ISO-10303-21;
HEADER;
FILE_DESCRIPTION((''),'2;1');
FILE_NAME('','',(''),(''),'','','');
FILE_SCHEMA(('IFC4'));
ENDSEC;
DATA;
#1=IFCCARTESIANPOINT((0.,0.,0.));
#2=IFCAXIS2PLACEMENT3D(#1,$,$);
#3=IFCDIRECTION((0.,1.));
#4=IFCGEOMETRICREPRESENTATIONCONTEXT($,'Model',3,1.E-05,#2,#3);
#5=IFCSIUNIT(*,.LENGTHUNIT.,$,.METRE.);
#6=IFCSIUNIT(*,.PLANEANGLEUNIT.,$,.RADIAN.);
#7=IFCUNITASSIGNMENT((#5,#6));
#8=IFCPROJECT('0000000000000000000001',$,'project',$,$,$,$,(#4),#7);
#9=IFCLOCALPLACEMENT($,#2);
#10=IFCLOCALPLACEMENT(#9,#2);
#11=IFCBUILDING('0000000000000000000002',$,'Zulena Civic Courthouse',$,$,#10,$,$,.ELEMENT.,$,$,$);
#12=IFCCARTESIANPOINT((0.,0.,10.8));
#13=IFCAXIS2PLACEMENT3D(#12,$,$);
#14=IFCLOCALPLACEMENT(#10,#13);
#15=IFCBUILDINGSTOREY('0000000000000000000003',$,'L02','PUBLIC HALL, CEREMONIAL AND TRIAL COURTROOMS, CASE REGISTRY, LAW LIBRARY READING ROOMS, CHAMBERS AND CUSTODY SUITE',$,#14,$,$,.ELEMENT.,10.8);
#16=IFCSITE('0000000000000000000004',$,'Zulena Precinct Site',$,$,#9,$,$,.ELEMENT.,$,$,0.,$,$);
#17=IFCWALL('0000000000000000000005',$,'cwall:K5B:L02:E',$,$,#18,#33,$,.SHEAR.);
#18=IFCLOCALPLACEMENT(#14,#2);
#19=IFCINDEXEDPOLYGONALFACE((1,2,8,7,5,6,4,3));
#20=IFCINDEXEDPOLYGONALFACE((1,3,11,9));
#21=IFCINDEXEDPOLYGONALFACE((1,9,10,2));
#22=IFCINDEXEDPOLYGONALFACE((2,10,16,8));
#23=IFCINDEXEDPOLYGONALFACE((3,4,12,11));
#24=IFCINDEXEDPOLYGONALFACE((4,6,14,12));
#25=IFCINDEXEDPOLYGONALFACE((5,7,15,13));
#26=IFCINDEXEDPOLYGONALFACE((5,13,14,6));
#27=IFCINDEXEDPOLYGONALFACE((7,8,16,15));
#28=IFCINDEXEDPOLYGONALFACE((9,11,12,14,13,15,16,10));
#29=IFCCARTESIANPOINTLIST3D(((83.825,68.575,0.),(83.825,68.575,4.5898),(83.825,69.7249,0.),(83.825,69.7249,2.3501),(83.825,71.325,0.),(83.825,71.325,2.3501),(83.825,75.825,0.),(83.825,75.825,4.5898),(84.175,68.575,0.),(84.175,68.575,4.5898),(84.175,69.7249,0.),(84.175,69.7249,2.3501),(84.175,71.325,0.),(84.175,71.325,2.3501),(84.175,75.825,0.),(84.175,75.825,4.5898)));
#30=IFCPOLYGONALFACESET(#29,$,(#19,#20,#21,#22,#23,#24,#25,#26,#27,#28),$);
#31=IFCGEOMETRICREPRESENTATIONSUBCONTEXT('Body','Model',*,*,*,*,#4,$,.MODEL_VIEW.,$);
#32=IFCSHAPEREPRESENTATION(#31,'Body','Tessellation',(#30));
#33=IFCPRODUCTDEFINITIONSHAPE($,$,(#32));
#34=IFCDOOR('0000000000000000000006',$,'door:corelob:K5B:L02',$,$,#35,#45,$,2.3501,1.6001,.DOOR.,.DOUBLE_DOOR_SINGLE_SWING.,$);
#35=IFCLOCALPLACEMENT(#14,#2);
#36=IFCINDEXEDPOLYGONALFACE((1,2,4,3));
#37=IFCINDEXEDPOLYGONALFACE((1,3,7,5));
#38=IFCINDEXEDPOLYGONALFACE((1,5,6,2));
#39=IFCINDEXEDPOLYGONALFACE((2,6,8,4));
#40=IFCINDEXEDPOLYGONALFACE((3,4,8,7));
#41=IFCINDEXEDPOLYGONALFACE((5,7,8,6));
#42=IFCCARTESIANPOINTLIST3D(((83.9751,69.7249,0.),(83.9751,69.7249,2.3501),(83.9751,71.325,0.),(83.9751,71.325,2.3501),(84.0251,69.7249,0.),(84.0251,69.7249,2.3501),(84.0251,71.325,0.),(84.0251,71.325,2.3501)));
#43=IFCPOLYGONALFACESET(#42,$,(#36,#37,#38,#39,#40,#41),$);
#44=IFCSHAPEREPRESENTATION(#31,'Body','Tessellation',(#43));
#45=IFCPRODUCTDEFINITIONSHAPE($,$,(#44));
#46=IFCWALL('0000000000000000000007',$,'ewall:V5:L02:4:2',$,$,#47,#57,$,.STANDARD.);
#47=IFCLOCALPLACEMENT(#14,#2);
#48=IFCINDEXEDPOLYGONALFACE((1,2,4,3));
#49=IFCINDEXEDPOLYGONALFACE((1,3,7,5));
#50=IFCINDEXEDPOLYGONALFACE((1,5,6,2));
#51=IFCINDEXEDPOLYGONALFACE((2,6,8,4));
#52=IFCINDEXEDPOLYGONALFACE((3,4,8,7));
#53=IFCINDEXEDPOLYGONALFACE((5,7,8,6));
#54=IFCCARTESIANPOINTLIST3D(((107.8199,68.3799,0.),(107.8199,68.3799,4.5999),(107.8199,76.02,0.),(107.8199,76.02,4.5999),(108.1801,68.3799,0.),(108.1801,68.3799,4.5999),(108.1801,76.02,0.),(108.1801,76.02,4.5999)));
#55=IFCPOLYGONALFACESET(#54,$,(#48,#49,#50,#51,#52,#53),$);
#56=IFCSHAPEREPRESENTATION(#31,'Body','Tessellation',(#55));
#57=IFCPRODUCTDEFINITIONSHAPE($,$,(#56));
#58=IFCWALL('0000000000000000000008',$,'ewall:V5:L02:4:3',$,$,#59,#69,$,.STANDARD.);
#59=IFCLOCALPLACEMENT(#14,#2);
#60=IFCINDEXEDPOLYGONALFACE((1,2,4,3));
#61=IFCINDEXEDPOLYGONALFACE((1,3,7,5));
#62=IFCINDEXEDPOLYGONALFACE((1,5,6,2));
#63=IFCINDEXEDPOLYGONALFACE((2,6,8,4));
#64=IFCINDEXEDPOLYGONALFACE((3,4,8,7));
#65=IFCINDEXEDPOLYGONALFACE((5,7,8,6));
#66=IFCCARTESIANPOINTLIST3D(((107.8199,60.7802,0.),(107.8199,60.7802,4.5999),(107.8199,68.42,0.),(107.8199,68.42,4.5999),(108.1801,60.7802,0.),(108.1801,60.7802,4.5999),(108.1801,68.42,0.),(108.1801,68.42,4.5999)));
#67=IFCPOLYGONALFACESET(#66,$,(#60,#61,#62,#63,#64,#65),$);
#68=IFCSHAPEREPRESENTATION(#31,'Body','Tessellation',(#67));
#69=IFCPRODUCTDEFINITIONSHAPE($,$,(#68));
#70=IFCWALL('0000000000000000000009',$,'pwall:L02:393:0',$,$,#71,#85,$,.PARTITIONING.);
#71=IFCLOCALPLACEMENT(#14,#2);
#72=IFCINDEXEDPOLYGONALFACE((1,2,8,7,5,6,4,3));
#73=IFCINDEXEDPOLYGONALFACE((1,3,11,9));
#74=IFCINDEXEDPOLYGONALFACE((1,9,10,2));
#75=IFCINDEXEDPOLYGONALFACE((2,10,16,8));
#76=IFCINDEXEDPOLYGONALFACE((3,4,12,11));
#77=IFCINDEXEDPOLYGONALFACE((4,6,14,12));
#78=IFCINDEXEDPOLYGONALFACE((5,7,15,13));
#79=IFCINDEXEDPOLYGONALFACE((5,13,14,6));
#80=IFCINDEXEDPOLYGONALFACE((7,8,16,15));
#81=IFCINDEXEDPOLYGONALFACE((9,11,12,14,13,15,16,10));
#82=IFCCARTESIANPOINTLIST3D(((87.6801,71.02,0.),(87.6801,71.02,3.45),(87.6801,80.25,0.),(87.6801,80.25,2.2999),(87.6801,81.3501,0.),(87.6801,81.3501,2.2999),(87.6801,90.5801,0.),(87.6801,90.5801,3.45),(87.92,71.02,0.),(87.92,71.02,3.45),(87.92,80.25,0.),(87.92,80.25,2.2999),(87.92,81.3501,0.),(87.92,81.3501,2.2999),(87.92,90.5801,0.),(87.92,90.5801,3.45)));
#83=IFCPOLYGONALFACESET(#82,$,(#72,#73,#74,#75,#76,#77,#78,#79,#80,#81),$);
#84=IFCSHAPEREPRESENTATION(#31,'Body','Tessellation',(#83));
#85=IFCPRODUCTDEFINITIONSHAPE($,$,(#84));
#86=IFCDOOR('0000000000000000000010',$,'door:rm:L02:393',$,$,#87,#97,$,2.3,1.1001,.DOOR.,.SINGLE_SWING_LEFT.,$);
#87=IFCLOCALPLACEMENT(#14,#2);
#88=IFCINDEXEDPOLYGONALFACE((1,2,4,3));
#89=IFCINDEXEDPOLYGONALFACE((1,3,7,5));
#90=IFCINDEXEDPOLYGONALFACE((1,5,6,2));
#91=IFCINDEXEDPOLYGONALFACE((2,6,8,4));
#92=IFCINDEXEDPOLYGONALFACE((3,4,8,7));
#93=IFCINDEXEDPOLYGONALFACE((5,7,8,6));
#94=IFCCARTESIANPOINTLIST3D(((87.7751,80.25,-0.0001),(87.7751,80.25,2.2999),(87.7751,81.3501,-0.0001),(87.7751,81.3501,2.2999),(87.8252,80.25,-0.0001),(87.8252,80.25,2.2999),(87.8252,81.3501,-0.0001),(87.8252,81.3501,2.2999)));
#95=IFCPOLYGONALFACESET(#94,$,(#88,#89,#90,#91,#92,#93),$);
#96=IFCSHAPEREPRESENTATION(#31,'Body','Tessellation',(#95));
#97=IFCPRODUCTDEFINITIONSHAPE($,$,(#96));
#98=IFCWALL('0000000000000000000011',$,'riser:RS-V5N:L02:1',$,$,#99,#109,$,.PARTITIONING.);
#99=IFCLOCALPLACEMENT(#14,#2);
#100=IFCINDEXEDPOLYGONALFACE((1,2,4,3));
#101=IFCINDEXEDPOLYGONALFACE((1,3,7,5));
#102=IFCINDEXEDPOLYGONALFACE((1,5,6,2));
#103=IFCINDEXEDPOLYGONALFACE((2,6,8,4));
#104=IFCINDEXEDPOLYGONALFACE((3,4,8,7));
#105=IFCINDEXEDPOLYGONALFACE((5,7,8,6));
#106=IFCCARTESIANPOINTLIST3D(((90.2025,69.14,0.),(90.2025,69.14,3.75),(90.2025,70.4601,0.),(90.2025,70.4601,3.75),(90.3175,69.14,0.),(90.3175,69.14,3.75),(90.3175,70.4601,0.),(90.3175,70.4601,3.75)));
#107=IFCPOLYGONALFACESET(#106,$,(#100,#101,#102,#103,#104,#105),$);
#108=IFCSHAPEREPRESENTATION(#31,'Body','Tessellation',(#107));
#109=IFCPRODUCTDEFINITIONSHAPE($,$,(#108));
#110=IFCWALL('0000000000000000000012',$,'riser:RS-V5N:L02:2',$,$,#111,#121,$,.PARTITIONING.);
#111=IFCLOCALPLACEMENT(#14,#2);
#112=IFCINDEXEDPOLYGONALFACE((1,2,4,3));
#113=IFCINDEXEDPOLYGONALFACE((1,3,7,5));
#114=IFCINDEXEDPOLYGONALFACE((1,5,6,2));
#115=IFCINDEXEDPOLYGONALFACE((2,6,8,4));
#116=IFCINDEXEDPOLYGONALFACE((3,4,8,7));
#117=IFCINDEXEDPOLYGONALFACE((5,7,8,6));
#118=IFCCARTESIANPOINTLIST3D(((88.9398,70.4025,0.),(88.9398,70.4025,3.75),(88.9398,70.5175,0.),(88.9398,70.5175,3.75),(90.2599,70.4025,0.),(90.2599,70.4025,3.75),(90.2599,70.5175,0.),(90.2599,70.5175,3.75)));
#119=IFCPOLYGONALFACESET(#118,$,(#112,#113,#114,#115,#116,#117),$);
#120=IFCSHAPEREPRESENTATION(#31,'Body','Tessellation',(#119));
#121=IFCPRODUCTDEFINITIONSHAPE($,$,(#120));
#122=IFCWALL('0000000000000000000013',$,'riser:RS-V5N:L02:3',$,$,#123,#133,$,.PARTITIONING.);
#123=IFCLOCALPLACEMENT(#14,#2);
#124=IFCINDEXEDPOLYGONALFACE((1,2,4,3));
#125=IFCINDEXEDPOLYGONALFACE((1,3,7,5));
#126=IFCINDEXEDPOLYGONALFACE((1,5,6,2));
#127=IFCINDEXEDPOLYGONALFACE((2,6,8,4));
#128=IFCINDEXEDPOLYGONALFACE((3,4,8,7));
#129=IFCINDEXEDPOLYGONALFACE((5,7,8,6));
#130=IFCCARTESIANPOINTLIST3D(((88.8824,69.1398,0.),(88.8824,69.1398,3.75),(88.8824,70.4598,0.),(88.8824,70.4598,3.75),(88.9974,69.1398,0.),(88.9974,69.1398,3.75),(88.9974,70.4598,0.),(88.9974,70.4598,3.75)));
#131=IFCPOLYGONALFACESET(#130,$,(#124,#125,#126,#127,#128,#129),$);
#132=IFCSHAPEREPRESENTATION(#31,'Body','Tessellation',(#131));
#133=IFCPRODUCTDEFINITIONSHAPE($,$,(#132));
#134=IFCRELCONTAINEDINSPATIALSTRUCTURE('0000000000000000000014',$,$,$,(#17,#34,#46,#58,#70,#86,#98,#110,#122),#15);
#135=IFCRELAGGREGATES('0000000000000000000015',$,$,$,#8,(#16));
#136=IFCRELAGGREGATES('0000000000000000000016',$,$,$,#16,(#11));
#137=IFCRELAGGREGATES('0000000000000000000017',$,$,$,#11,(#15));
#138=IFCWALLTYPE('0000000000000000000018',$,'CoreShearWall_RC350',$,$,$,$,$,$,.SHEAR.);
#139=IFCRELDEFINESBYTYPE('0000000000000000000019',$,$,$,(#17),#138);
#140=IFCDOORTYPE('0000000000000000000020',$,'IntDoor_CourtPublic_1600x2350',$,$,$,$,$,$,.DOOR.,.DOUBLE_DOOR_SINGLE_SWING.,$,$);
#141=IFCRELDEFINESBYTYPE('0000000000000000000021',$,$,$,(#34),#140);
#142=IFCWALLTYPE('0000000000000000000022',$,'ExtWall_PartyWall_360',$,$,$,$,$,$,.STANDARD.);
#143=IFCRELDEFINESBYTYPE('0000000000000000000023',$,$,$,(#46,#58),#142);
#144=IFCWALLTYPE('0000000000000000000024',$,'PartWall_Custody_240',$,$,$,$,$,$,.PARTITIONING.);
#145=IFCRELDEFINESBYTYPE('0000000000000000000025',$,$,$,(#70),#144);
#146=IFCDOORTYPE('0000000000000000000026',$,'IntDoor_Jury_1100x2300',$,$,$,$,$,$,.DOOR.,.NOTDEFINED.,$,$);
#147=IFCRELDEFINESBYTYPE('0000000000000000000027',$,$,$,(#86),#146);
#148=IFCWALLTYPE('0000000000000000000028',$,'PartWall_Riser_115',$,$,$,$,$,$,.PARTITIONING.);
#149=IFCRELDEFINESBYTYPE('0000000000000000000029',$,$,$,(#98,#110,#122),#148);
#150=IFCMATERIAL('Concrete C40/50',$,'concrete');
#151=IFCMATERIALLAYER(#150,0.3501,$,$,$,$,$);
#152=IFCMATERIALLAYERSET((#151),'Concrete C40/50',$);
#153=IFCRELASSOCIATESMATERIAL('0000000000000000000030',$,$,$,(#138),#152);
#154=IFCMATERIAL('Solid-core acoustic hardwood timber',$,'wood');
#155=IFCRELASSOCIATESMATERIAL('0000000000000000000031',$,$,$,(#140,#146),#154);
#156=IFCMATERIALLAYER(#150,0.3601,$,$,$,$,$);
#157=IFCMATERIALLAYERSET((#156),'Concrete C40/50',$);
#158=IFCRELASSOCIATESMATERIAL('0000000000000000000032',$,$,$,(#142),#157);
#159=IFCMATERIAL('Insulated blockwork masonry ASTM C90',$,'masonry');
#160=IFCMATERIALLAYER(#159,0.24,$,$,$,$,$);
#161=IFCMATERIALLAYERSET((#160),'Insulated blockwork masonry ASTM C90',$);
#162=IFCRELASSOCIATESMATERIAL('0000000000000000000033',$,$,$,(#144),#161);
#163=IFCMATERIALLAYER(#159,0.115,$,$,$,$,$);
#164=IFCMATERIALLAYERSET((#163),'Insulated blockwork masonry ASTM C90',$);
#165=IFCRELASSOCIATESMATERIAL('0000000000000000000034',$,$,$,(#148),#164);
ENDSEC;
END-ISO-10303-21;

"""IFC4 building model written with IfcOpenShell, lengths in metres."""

from ifc_helpers import new_model, si_unit, direction, frame, frame_2d, origin, place, context, subcontext, project, spatial, rectangle, extrude, material, layer, layer_set, type_object, element, fill, save


model = new_model("IFC4")

# Units and contexts
model_context = context("Model", 3, precision=1e-05, world=origin(), true_north=direction((0.0, 1.0)))
body_context = subcontext(model_context, "Body", "Model", "MODEL_VIEW")
ifc_project = project(units=[si_unit("LENGTHUNIT", "METRE"), si_unit("PLANEANGLEUNIT", "RADIAN")], contexts=[model_context])

# Site, building, storey
site_placement = place(None, origin())
site = spatial("IfcSite", under=ifc_project, at=site_placement, Name="Zulena Precinct Site", CompositionType="ELEMENT", RefElevation=0.0)
building_placement = place(site_placement, origin())
building = spatial("IfcBuilding", under=site, at=building_placement, Name="Zulena Civic Courthouse", CompositionType="ELEMENT")
storey_placement = place(building_placement, frame((0.0, 0.0, 10.8)))
storey = spatial("IfcBuildingStorey", under=building, at=storey_placement, Name="L02", Description="PUBLIC HALL, CEREMONIAL AND TRIAL COURTROOMS, CASE REGISTRY, LAW LIBRARY READING ROOMS, CHAMBERS AND CUSTODY SUITE", CompositionType="ELEMENT", Elevation=10.8)

# Wall, opening, door
ifc_material_1 = material(Name="Concrete C40/50", Category="concrete")
ifc_layer_1 = layer(ifc_material_1, 0.3501)
ifc_layer_set_1 = layer_set([ifc_layer_1], Name="Concrete C40/50")
wall_type_1 = type_object("IfcWallType", Name="CoreShearWall_RC350", PredefinedType="SHEAR", material=ifc_layer_set_1)
wall_1_placement = place(storey_placement, frame((84.0, 68.575, 0.0), z_axis=(0.0, 0.0, 1.0), x_axis=(0.0, 1.0, 0.0)))
wall_1 = element("IfcWall", 1, at=wall_1_placement, inside=storey, type_object=wall_type_1, Name="cwall:K5B:L02:E", PredefinedType="SHEAR", context=body_context, shape_type="SweptSolid", body=[
    extrude(rectangle(XDim=7.25, YDim=0.3501, at=frame_2d((3.625, 0.0))), origin(), (0.0, 0.0, 1.0), 4.5898),
])
opening_1_placement = place(wall_1_placement, frame((1.1499, 0.0, 0.0)))
opening_1 = element("IfcOpeningElement", 2, at=opening_1_placement, cuts=wall_1, PredefinedType="OPENING", context=body_context, shape_type="SweptSolid", body=[
    extrude(rectangle(XDim=1.6001, YDim=2.3501, at=frame_2d((0.8, 1.175))), frame((0.0, 0.1851, 0.0), z_axis=(0.0, -1.0, 0.0), x_axis=(1.0, 0.0, 0.0)), (0.0, 0.0, 1.0), 0.3701),
])
ifc_material_2 = material(Name="Solid-core acoustic hardwood timber", Category="wood")
door_type_1 = type_object("IfcDoorType", Name="IntDoor_CourtPublic_1600x2350", OperationType="DOUBLE_DOOR_SINGLE_SWING", PredefinedType="DOOR", material=ifc_material_2)
door_1_placement = place(opening_1_placement, origin())
door_1 = element("IfcDoor", 3, at=door_1_placement, inside=storey, type_object=door_type_1, Name="door:corelob:K5B:L02", OperationType="DOUBLE_DOOR_SINGLE_SWING", OverallHeight=2.3501, OverallWidth=1.6001, PredefinedType="DOOR", context=body_context, shape_type="SweptSolid", body=[
    extrude(rectangle(XDim=1.6001, YDim=2.3501, at=frame_2d((0.8, 1.175))), frame((0.0, 0.0249, 0.0), z_axis=(0.0, -1.0, 0.0), x_axis=(1.0, 0.0, 0.0)), (0.0, 0.0, 1.0), 0.05),
])
fill(opening_1, door_1)

# Walls
ifc_layer_2 = layer(ifc_material_1, 0.3601)
ifc_layer_set_2 = layer_set([ifc_layer_2], Name="Concrete C40/50")
wall_type_2 = type_object("IfcWallType", Name="ExtWall_PartyWall_360", PredefinedType="STANDARD", material=ifc_layer_set_2)
wall_2_placement = place(storey_placement, frame((108.0, 76.02, 0.0), z_axis=(0.0, 0.0, 1.0), x_axis=(0.0, -1.0, 0.0)))
element("IfcWall", 4, at=wall_2_placement, inside=storey, type_object=wall_type_2, Name="ewall:V5:L02:4:2", PredefinedType="STANDARD", context=body_context, shape_type="SweptSolid", body=[
    extrude(rectangle(XDim=7.6401, YDim=0.3601, at=frame_2d((3.8201, 0.0))), origin(), (0.0, 0.0, 1.0), 4.5999),
])
wall_3_placement = place(storey_placement, frame((108.0, 68.4199, 0.0), z_axis=(0.0, 0.0, 1.0), x_axis=(0.0, -1.0, 0.0)))
element("IfcWall", 5, at=wall_3_placement, inside=storey, type_object=wall_type_2, Name="ewall:V5:L02:4:3", PredefinedType="STANDARD", context=body_context, shape_type="SweptSolid", body=[
    extrude(rectangle(XDim=7.6399, YDim=0.3601, at=frame_2d((3.8198, 0.0))), origin(), (0.0, 0.0, 1.0), 4.5999),
])

# Wall, opening, door
ifc_material_3 = material(Name="Insulated blockwork masonry ASTM C90", Category="masonry")
ifc_layer_3 = layer(ifc_material_3, 0.24)
ifc_layer_set_3 = layer_set([ifc_layer_3], Name="Insulated blockwork masonry ASTM C90")
wall_type_3 = type_object("IfcWallType", Name="PartWall_Custody_240", PredefinedType="PARTITIONING", material=ifc_layer_set_3)
wall_4_placement = place(storey_placement, frame((87.8, 71.02, 0.0), z_axis=(0.0, 0.0, 1.0), x_axis=(0.0, 1.0, 0.0)))
wall_4 = element("IfcWall", 6, at=wall_4_placement, inside=storey, type_object=wall_type_3, Name="pwall:L02:393:0", PredefinedType="PARTITIONING", context=body_context, shape_type="SweptSolid", body=[
    extrude(rectangle(XDim=19.5601, YDim=0.24, at=frame_2d((9.78, 0.0))), origin(), (0.0, 0.0, 1.0), 3.45),
])
opening_2_placement = place(wall_4_placement, frame((9.23, 0.0, 0.0)))
opening_2 = element("IfcOpeningElement", 7, at=opening_2_placement, cuts=wall_4, PredefinedType="OPENING", context=body_context, shape_type="SweptSolid", body=[
    extrude(rectangle(XDim=1.1001, YDim=2.3, at=frame_2d((0.55, 1.1499))), frame((0.0, 0.1299, 0.0), z_axis=(0.0, -1.0, 0.0), x_axis=(1.0, 0.0, 0.0)), (0.0, 0.0, 1.0), 0.26),
])
door_type_2 = type_object("IfcDoorType", Name="IntDoor_Jury_1100x2300", OperationType="NOTDEFINED", PredefinedType="DOOR", material=ifc_material_2)
door_2_placement = place(opening_2_placement, origin())
door_2 = element("IfcDoor", 8, at=door_2_placement, inside=storey, type_object=door_type_2, Name="door:rm:L02:393", OperationType="SINGLE_SWING_LEFT", OverallHeight=2.3, OverallWidth=1.1001, PredefinedType="DOOR", context=body_context, shape_type="SweptSolid", body=[
    extrude(rectangle(XDim=1.1001, YDim=2.3, at=frame_2d((0.55, 1.1499))), frame((0.0, 0.0249, 0.0), z_axis=(0.0, -1.0, 0.0), x_axis=(1.0, 0.0, 0.0)), (0.0, 0.0, 1.0), 0.05),
])
fill(opening_2, door_2)

# Walls
ifc_layer_4 = layer(ifc_material_3, 0.115)
ifc_layer_set_4 = layer_set([ifc_layer_4], Name="Insulated blockwork masonry ASTM C90")
wall_type_4 = type_object("IfcWallType", Name="PartWall_Riser_115", PredefinedType="PARTITIONING", material=ifc_layer_set_4)
for number, where, z_axis, x_axis, name in (
    (9, (90.26, 69.1399, 0.0), (0.0, 0.0, 1.0), (0.0, 1.0, 0.0), "riser:RS-V5N:L02:1"),
    (10, (90.26, 70.46, 0.0), (0.0, 0.0, 1.0), (-1.0, 0.0, 0.0), "riser:RS-V5N:L02:2"),
    (11, (88.9399, 70.46, 0.0), (0.0, 0.0, 1.0), (0.0, -1.0, 0.0), "riser:RS-V5N:L02:3"),
):
    element("IfcWall", number, at=place(storey_placement, frame(where, z_axis=z_axis, x_axis=x_axis)), inside=storey, type_object=wall_type_4, Name=name, PredefinedType="PARTITIONING", context=body_context, shape_type="SweptSolid", body=[
        extrude(rectangle(XDim=1.3201, YDim=0.115, at=frame_2d((0.6602, 0.0))), origin(), (0.0, 0.0, 1.0), 3.75),
    ])

save(model, "model.ifc")
